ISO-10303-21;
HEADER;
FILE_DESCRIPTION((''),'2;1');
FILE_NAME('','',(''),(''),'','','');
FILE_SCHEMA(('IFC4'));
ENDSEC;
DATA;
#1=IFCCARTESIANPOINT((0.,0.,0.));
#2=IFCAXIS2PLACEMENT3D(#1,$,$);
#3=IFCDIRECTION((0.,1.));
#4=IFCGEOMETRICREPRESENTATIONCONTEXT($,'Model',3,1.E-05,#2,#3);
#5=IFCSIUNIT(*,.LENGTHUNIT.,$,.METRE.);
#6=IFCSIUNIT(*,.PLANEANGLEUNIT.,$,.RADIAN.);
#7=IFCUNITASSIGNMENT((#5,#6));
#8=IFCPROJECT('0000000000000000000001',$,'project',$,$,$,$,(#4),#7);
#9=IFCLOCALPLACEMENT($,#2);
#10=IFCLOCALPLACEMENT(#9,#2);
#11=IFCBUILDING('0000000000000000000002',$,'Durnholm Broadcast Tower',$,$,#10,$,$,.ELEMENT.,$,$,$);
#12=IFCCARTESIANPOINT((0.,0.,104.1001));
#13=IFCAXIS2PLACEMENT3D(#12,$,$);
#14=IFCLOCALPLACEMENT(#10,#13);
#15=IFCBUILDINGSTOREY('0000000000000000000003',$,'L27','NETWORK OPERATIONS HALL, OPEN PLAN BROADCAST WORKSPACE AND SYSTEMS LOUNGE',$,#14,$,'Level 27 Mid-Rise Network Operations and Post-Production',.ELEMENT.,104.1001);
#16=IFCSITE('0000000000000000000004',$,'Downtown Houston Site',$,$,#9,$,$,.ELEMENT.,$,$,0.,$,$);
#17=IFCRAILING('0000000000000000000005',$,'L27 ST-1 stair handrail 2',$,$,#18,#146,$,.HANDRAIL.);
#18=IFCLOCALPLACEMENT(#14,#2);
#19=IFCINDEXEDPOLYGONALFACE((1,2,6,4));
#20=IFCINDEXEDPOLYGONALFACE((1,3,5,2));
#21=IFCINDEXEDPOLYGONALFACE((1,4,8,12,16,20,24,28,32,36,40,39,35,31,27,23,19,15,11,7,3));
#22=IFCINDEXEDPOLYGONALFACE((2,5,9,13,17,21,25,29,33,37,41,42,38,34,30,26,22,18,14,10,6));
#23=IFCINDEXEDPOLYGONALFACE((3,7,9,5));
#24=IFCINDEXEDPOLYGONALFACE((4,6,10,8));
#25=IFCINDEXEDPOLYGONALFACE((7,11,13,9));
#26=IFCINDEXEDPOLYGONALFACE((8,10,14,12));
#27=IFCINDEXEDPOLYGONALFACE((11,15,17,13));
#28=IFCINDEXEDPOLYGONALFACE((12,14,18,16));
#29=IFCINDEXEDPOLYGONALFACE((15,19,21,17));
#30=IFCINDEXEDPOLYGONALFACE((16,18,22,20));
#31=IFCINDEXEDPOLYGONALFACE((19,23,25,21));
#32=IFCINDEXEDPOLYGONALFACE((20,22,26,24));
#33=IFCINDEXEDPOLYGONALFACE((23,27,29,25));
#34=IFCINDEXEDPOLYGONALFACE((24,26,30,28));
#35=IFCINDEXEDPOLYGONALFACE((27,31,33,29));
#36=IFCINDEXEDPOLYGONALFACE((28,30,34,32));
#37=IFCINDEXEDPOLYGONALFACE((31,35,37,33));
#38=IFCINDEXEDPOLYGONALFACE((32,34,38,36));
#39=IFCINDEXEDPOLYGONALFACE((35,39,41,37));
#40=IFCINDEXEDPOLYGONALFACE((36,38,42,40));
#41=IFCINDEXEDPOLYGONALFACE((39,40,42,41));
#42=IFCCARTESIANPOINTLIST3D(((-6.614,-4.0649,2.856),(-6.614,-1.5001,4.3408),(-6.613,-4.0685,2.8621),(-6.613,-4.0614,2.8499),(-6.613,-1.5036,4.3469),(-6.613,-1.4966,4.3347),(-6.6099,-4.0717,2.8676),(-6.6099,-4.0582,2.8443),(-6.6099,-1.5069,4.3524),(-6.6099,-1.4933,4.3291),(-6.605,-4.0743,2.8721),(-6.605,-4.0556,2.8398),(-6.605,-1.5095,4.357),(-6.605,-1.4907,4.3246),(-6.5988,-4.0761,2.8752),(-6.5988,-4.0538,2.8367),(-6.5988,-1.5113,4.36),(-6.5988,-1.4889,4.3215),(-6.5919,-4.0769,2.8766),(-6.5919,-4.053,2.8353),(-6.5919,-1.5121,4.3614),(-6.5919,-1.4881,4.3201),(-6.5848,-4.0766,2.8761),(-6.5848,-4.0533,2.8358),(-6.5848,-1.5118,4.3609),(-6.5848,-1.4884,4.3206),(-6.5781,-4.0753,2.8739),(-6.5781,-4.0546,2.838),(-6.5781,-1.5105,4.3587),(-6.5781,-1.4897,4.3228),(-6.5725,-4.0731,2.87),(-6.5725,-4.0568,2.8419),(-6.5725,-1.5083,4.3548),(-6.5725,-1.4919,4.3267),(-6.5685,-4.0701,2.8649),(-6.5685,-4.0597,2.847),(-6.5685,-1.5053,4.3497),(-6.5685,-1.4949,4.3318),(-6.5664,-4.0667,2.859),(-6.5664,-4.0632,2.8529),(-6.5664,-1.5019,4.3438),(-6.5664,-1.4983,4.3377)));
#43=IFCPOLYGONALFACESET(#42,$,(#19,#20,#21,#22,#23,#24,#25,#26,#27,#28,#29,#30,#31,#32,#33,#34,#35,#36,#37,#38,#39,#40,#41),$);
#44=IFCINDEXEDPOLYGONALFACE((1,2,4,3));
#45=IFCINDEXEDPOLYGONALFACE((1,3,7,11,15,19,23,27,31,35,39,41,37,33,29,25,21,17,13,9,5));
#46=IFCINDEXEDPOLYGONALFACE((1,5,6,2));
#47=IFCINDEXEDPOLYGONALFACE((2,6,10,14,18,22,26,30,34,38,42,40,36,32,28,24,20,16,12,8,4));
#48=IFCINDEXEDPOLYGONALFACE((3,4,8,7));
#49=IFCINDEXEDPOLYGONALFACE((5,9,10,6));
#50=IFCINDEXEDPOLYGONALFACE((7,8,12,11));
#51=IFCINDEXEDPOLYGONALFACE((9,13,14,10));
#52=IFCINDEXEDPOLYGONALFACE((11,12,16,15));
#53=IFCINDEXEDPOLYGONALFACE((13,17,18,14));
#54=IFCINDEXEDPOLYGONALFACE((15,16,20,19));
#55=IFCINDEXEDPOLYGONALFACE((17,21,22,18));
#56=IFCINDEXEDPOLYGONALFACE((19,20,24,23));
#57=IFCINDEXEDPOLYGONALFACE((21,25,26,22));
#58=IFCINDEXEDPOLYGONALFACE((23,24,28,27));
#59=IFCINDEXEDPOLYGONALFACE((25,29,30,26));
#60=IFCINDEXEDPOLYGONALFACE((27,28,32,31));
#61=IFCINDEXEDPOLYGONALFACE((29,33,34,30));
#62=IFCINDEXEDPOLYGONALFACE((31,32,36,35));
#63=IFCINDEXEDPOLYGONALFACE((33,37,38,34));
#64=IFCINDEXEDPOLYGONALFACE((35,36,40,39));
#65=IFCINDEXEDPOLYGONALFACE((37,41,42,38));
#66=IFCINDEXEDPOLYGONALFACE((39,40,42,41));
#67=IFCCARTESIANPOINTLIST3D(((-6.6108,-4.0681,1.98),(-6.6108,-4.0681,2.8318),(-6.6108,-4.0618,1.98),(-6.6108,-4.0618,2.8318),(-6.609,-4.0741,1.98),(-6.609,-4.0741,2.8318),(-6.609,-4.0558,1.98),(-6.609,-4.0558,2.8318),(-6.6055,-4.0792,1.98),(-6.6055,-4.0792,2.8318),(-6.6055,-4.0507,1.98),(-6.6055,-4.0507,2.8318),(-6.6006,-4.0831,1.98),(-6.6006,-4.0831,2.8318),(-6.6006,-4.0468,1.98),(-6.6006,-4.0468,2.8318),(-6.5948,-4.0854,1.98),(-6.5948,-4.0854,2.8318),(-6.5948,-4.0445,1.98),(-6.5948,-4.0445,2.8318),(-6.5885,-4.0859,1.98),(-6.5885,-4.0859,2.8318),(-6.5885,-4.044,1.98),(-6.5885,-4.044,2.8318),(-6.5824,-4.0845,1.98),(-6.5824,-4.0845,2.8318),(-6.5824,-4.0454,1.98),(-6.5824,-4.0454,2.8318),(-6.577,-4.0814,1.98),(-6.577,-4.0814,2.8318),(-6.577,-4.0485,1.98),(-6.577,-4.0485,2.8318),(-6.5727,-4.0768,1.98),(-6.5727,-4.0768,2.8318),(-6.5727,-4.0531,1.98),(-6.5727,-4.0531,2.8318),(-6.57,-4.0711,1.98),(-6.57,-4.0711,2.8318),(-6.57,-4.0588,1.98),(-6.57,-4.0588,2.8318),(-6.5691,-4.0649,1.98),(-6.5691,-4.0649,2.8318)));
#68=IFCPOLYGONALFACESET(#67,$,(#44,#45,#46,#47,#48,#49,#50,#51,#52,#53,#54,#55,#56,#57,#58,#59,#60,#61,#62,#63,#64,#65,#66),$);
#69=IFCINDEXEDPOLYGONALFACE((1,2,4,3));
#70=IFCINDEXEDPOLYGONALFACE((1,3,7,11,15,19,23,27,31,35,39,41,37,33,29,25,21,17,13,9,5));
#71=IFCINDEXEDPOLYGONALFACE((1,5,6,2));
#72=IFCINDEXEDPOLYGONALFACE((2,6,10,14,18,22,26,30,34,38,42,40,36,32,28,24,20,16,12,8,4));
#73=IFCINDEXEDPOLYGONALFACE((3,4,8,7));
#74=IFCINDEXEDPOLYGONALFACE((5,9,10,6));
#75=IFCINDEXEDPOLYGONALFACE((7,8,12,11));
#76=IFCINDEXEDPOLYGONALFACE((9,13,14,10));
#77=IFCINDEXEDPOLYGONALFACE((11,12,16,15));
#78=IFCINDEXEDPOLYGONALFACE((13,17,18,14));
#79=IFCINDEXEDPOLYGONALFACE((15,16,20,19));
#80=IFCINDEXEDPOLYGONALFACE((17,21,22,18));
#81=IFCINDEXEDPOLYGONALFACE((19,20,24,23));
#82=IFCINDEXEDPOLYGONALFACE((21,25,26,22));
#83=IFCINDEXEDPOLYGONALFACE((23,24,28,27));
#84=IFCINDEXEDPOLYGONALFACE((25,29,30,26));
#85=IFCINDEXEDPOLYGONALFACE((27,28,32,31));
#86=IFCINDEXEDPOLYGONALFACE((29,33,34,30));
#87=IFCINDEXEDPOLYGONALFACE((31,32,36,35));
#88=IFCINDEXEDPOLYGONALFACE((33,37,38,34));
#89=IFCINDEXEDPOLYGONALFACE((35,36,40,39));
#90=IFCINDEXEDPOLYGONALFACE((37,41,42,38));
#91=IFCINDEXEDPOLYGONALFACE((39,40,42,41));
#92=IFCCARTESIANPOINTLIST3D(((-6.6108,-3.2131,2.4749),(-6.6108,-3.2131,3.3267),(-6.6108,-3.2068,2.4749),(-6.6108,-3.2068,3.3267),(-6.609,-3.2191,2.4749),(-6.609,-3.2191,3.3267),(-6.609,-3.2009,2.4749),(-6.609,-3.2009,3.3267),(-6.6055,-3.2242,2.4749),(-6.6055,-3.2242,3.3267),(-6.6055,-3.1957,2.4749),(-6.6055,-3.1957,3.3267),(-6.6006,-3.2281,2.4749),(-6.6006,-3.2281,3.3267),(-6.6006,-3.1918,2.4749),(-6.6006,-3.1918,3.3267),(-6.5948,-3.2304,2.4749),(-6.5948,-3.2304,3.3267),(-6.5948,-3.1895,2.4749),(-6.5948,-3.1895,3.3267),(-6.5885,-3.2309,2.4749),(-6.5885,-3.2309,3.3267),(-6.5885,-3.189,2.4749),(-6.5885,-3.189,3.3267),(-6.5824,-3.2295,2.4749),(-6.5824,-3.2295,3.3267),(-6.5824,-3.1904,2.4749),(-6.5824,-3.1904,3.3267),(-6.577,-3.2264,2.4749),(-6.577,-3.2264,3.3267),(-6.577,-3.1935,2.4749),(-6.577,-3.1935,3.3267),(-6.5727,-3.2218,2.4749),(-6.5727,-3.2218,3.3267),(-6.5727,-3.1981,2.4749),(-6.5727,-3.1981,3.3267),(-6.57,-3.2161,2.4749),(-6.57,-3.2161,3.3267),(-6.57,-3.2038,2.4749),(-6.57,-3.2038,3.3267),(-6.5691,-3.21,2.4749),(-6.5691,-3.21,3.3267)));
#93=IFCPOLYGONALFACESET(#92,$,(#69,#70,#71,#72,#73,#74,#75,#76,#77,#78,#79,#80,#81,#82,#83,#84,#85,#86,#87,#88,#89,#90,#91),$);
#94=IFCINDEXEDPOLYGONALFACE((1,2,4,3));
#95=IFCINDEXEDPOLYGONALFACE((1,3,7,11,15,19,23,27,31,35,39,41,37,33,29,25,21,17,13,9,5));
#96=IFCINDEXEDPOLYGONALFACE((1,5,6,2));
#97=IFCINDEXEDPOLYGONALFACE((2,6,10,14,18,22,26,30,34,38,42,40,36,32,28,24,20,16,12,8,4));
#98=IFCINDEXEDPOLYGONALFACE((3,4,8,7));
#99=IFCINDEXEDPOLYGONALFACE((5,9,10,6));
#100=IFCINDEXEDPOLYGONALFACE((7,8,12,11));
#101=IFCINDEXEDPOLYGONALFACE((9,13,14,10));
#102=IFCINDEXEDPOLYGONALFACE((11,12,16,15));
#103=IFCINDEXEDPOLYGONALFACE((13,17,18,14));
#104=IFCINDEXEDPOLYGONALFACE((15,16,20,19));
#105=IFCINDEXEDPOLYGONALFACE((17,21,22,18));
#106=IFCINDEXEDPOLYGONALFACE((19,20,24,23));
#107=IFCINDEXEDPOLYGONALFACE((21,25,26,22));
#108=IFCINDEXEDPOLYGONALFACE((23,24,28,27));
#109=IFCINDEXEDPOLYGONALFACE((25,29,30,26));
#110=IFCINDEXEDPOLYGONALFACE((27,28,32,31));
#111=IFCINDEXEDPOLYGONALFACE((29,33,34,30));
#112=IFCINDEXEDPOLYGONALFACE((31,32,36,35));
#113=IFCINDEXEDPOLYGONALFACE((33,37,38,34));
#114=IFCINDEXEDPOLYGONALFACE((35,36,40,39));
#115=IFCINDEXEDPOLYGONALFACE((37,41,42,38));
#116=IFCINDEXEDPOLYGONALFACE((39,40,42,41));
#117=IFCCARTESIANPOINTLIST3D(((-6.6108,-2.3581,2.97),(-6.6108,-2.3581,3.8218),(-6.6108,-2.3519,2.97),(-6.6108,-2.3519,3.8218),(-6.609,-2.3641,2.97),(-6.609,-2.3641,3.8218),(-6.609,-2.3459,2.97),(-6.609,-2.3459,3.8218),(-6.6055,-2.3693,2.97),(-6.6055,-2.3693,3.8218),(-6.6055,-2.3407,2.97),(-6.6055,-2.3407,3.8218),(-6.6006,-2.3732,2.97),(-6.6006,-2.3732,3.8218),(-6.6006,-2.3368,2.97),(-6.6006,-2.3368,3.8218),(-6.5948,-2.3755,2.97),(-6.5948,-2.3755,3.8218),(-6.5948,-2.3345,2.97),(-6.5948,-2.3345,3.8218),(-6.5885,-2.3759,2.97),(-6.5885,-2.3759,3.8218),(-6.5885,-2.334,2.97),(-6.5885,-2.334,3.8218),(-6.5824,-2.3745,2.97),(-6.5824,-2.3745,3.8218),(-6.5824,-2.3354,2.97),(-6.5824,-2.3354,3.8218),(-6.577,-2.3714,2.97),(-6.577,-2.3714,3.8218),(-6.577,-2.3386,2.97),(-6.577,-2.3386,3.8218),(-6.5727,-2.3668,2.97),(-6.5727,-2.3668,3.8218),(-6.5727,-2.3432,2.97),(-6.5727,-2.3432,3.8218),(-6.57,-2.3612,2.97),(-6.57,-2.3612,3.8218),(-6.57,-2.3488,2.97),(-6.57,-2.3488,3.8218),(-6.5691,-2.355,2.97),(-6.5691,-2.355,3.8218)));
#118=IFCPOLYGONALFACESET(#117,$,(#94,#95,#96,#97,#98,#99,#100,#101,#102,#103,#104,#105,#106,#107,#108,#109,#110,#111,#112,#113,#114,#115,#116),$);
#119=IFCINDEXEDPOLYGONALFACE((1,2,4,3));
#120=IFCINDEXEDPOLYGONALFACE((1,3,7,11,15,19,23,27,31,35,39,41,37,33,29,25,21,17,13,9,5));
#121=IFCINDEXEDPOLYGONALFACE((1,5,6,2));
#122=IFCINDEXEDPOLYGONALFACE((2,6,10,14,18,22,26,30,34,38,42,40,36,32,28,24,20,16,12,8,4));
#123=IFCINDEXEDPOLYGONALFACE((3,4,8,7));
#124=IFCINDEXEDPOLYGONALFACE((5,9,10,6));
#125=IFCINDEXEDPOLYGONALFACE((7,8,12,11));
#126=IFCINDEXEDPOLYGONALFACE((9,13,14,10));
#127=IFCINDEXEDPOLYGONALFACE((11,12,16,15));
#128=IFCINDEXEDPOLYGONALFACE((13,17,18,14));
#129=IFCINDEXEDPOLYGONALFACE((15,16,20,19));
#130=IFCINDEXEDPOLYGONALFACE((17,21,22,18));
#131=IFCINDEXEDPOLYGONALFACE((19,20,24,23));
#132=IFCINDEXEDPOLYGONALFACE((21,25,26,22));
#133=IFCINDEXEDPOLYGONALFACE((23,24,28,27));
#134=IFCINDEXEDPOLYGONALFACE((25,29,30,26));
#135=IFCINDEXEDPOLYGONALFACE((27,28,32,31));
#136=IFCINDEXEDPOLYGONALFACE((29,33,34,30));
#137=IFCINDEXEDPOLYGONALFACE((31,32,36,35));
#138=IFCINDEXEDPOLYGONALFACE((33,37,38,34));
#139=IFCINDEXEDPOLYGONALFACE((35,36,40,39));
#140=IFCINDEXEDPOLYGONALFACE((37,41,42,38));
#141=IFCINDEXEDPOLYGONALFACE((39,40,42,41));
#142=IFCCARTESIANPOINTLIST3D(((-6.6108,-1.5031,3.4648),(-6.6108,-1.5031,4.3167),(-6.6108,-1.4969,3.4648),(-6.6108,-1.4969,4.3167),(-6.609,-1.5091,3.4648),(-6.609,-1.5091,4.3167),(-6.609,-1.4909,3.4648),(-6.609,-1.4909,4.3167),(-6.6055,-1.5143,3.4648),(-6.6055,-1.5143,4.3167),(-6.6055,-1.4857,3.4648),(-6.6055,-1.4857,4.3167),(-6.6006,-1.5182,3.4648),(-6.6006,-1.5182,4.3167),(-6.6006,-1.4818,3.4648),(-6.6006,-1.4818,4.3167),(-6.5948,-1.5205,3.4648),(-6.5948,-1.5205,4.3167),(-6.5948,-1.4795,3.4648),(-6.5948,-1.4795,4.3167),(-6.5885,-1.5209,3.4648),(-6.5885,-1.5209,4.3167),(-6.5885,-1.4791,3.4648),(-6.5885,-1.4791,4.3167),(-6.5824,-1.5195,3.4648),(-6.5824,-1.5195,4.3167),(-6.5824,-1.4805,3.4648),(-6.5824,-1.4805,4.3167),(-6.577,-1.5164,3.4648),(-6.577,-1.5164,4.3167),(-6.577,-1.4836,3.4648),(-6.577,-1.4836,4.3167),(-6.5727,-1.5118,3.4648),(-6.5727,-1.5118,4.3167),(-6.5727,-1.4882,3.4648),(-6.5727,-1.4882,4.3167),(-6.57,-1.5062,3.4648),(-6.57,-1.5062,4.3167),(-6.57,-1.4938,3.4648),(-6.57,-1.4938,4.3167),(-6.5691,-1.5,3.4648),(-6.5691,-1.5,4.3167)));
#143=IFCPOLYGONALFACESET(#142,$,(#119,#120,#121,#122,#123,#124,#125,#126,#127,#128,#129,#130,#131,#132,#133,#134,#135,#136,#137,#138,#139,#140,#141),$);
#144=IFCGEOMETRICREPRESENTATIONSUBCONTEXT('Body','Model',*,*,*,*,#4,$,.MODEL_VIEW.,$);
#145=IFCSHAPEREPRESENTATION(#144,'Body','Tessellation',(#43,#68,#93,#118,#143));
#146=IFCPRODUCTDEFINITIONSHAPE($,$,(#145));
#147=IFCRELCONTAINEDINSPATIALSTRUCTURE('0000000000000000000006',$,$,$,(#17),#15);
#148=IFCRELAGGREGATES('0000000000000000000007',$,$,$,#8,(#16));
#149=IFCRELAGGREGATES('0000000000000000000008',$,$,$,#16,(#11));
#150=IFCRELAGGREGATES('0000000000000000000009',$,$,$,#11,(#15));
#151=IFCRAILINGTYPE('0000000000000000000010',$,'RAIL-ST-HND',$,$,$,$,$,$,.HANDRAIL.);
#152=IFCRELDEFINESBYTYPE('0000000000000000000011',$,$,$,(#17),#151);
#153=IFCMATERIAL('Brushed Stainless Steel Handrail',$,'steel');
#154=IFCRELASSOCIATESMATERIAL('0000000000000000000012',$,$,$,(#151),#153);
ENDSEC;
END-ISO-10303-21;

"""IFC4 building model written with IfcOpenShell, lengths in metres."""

from ifc_helpers import new_model, si_unit, direction, frame, origin, origin_2d, place, context, subcontext, project, spatial, circle, extrude, material, type_object, element, save


model = new_model("IFC4")

# Units and contexts
model_context = context("Model", 3, precision=1e-05, world=origin(), true_north=direction((0.0, 1.0)))
body_context = subcontext(model_context, "Body", "Model", "MODEL_VIEW")
ifc_project = project(units=[si_unit("LENGTHUNIT", "METRE"), si_unit("PLANEANGLEUNIT", "RADIAN")], contexts=[model_context])

# Site, building, storey
site_placement = place(None, origin())
site = spatial("IfcSite", under=ifc_project, at=site_placement, Name="Downtown Houston Site", CompositionType="ELEMENT", RefElevation=0.0)
building_placement = place(site_placement, origin())
building = spatial("IfcBuilding", under=site, at=building_placement, Name="Durnholm Broadcast Tower", CompositionType="ELEMENT")
storey_placement = place(building_placement, frame((0.0, 0.0, 104.1001)))
storey = spatial("IfcBuildingStorey", under=building, at=storey_placement, Name="L27", Description="NETWORK OPERATIONS HALL, OPEN PLAN BROADCAST WORKSPACE AND SYSTEMS LOUNGE", LongName="Level 27 Mid-Rise Network Operations and Post-Production", CompositionType="ELEMENT", Elevation=104.1001)

# Railing
ifc_material_1 = material(Name="Brushed Stainless Steel Handrail", Category="steel")
railing_type_1 = type_object("IfcRailingType", Name="RAIL-ST-HND", PredefinedType="HANDRAIL", material=ifc_material_1)
railing_1_placement = place(storey_placement, frame((-6.5901, -4.0649, 1.98)))
element("IfcRailing", 1, at=railing_1_placement, inside=storey, type_object=railing_type_1, Name="L27 ST-1 stair handrail 2", PredefinedType="HANDRAIL", context=body_context, shape_type="SweptSolid", body=[
    extrude(circle(Radius=0.0239, at=origin_2d()), frame((0.0, 0.0, 0.876), z_axis=(0.0, 0.865441, 0.50101), x_axis=(-1.0, 0.0, 0.0)), (0.0, 0.0, 1.0), 2.9636),
    extrude(circle(Radius=0.021, at=origin_2d()), origin(), (0.0, 0.0, 1.0), 0.8518),
    extrude(circle(Radius=0.021, at=origin_2d()), frame((0.0, 0.855, 0.4949)), (0.0, 0.0, 1.0), 0.8518),
    extrude(circle(Radius=0.021, at=origin_2d()), frame((0.0, 1.71, 0.99)), (0.0, 0.0, 1.0), 0.8518),
    extrude(circle(Radius=0.021, at=origin_2d()), frame((0.0, 2.5649, 1.4849)), (0.0, 0.0, 1.0), 0.8518),
])

save(model, "model.ifc")
